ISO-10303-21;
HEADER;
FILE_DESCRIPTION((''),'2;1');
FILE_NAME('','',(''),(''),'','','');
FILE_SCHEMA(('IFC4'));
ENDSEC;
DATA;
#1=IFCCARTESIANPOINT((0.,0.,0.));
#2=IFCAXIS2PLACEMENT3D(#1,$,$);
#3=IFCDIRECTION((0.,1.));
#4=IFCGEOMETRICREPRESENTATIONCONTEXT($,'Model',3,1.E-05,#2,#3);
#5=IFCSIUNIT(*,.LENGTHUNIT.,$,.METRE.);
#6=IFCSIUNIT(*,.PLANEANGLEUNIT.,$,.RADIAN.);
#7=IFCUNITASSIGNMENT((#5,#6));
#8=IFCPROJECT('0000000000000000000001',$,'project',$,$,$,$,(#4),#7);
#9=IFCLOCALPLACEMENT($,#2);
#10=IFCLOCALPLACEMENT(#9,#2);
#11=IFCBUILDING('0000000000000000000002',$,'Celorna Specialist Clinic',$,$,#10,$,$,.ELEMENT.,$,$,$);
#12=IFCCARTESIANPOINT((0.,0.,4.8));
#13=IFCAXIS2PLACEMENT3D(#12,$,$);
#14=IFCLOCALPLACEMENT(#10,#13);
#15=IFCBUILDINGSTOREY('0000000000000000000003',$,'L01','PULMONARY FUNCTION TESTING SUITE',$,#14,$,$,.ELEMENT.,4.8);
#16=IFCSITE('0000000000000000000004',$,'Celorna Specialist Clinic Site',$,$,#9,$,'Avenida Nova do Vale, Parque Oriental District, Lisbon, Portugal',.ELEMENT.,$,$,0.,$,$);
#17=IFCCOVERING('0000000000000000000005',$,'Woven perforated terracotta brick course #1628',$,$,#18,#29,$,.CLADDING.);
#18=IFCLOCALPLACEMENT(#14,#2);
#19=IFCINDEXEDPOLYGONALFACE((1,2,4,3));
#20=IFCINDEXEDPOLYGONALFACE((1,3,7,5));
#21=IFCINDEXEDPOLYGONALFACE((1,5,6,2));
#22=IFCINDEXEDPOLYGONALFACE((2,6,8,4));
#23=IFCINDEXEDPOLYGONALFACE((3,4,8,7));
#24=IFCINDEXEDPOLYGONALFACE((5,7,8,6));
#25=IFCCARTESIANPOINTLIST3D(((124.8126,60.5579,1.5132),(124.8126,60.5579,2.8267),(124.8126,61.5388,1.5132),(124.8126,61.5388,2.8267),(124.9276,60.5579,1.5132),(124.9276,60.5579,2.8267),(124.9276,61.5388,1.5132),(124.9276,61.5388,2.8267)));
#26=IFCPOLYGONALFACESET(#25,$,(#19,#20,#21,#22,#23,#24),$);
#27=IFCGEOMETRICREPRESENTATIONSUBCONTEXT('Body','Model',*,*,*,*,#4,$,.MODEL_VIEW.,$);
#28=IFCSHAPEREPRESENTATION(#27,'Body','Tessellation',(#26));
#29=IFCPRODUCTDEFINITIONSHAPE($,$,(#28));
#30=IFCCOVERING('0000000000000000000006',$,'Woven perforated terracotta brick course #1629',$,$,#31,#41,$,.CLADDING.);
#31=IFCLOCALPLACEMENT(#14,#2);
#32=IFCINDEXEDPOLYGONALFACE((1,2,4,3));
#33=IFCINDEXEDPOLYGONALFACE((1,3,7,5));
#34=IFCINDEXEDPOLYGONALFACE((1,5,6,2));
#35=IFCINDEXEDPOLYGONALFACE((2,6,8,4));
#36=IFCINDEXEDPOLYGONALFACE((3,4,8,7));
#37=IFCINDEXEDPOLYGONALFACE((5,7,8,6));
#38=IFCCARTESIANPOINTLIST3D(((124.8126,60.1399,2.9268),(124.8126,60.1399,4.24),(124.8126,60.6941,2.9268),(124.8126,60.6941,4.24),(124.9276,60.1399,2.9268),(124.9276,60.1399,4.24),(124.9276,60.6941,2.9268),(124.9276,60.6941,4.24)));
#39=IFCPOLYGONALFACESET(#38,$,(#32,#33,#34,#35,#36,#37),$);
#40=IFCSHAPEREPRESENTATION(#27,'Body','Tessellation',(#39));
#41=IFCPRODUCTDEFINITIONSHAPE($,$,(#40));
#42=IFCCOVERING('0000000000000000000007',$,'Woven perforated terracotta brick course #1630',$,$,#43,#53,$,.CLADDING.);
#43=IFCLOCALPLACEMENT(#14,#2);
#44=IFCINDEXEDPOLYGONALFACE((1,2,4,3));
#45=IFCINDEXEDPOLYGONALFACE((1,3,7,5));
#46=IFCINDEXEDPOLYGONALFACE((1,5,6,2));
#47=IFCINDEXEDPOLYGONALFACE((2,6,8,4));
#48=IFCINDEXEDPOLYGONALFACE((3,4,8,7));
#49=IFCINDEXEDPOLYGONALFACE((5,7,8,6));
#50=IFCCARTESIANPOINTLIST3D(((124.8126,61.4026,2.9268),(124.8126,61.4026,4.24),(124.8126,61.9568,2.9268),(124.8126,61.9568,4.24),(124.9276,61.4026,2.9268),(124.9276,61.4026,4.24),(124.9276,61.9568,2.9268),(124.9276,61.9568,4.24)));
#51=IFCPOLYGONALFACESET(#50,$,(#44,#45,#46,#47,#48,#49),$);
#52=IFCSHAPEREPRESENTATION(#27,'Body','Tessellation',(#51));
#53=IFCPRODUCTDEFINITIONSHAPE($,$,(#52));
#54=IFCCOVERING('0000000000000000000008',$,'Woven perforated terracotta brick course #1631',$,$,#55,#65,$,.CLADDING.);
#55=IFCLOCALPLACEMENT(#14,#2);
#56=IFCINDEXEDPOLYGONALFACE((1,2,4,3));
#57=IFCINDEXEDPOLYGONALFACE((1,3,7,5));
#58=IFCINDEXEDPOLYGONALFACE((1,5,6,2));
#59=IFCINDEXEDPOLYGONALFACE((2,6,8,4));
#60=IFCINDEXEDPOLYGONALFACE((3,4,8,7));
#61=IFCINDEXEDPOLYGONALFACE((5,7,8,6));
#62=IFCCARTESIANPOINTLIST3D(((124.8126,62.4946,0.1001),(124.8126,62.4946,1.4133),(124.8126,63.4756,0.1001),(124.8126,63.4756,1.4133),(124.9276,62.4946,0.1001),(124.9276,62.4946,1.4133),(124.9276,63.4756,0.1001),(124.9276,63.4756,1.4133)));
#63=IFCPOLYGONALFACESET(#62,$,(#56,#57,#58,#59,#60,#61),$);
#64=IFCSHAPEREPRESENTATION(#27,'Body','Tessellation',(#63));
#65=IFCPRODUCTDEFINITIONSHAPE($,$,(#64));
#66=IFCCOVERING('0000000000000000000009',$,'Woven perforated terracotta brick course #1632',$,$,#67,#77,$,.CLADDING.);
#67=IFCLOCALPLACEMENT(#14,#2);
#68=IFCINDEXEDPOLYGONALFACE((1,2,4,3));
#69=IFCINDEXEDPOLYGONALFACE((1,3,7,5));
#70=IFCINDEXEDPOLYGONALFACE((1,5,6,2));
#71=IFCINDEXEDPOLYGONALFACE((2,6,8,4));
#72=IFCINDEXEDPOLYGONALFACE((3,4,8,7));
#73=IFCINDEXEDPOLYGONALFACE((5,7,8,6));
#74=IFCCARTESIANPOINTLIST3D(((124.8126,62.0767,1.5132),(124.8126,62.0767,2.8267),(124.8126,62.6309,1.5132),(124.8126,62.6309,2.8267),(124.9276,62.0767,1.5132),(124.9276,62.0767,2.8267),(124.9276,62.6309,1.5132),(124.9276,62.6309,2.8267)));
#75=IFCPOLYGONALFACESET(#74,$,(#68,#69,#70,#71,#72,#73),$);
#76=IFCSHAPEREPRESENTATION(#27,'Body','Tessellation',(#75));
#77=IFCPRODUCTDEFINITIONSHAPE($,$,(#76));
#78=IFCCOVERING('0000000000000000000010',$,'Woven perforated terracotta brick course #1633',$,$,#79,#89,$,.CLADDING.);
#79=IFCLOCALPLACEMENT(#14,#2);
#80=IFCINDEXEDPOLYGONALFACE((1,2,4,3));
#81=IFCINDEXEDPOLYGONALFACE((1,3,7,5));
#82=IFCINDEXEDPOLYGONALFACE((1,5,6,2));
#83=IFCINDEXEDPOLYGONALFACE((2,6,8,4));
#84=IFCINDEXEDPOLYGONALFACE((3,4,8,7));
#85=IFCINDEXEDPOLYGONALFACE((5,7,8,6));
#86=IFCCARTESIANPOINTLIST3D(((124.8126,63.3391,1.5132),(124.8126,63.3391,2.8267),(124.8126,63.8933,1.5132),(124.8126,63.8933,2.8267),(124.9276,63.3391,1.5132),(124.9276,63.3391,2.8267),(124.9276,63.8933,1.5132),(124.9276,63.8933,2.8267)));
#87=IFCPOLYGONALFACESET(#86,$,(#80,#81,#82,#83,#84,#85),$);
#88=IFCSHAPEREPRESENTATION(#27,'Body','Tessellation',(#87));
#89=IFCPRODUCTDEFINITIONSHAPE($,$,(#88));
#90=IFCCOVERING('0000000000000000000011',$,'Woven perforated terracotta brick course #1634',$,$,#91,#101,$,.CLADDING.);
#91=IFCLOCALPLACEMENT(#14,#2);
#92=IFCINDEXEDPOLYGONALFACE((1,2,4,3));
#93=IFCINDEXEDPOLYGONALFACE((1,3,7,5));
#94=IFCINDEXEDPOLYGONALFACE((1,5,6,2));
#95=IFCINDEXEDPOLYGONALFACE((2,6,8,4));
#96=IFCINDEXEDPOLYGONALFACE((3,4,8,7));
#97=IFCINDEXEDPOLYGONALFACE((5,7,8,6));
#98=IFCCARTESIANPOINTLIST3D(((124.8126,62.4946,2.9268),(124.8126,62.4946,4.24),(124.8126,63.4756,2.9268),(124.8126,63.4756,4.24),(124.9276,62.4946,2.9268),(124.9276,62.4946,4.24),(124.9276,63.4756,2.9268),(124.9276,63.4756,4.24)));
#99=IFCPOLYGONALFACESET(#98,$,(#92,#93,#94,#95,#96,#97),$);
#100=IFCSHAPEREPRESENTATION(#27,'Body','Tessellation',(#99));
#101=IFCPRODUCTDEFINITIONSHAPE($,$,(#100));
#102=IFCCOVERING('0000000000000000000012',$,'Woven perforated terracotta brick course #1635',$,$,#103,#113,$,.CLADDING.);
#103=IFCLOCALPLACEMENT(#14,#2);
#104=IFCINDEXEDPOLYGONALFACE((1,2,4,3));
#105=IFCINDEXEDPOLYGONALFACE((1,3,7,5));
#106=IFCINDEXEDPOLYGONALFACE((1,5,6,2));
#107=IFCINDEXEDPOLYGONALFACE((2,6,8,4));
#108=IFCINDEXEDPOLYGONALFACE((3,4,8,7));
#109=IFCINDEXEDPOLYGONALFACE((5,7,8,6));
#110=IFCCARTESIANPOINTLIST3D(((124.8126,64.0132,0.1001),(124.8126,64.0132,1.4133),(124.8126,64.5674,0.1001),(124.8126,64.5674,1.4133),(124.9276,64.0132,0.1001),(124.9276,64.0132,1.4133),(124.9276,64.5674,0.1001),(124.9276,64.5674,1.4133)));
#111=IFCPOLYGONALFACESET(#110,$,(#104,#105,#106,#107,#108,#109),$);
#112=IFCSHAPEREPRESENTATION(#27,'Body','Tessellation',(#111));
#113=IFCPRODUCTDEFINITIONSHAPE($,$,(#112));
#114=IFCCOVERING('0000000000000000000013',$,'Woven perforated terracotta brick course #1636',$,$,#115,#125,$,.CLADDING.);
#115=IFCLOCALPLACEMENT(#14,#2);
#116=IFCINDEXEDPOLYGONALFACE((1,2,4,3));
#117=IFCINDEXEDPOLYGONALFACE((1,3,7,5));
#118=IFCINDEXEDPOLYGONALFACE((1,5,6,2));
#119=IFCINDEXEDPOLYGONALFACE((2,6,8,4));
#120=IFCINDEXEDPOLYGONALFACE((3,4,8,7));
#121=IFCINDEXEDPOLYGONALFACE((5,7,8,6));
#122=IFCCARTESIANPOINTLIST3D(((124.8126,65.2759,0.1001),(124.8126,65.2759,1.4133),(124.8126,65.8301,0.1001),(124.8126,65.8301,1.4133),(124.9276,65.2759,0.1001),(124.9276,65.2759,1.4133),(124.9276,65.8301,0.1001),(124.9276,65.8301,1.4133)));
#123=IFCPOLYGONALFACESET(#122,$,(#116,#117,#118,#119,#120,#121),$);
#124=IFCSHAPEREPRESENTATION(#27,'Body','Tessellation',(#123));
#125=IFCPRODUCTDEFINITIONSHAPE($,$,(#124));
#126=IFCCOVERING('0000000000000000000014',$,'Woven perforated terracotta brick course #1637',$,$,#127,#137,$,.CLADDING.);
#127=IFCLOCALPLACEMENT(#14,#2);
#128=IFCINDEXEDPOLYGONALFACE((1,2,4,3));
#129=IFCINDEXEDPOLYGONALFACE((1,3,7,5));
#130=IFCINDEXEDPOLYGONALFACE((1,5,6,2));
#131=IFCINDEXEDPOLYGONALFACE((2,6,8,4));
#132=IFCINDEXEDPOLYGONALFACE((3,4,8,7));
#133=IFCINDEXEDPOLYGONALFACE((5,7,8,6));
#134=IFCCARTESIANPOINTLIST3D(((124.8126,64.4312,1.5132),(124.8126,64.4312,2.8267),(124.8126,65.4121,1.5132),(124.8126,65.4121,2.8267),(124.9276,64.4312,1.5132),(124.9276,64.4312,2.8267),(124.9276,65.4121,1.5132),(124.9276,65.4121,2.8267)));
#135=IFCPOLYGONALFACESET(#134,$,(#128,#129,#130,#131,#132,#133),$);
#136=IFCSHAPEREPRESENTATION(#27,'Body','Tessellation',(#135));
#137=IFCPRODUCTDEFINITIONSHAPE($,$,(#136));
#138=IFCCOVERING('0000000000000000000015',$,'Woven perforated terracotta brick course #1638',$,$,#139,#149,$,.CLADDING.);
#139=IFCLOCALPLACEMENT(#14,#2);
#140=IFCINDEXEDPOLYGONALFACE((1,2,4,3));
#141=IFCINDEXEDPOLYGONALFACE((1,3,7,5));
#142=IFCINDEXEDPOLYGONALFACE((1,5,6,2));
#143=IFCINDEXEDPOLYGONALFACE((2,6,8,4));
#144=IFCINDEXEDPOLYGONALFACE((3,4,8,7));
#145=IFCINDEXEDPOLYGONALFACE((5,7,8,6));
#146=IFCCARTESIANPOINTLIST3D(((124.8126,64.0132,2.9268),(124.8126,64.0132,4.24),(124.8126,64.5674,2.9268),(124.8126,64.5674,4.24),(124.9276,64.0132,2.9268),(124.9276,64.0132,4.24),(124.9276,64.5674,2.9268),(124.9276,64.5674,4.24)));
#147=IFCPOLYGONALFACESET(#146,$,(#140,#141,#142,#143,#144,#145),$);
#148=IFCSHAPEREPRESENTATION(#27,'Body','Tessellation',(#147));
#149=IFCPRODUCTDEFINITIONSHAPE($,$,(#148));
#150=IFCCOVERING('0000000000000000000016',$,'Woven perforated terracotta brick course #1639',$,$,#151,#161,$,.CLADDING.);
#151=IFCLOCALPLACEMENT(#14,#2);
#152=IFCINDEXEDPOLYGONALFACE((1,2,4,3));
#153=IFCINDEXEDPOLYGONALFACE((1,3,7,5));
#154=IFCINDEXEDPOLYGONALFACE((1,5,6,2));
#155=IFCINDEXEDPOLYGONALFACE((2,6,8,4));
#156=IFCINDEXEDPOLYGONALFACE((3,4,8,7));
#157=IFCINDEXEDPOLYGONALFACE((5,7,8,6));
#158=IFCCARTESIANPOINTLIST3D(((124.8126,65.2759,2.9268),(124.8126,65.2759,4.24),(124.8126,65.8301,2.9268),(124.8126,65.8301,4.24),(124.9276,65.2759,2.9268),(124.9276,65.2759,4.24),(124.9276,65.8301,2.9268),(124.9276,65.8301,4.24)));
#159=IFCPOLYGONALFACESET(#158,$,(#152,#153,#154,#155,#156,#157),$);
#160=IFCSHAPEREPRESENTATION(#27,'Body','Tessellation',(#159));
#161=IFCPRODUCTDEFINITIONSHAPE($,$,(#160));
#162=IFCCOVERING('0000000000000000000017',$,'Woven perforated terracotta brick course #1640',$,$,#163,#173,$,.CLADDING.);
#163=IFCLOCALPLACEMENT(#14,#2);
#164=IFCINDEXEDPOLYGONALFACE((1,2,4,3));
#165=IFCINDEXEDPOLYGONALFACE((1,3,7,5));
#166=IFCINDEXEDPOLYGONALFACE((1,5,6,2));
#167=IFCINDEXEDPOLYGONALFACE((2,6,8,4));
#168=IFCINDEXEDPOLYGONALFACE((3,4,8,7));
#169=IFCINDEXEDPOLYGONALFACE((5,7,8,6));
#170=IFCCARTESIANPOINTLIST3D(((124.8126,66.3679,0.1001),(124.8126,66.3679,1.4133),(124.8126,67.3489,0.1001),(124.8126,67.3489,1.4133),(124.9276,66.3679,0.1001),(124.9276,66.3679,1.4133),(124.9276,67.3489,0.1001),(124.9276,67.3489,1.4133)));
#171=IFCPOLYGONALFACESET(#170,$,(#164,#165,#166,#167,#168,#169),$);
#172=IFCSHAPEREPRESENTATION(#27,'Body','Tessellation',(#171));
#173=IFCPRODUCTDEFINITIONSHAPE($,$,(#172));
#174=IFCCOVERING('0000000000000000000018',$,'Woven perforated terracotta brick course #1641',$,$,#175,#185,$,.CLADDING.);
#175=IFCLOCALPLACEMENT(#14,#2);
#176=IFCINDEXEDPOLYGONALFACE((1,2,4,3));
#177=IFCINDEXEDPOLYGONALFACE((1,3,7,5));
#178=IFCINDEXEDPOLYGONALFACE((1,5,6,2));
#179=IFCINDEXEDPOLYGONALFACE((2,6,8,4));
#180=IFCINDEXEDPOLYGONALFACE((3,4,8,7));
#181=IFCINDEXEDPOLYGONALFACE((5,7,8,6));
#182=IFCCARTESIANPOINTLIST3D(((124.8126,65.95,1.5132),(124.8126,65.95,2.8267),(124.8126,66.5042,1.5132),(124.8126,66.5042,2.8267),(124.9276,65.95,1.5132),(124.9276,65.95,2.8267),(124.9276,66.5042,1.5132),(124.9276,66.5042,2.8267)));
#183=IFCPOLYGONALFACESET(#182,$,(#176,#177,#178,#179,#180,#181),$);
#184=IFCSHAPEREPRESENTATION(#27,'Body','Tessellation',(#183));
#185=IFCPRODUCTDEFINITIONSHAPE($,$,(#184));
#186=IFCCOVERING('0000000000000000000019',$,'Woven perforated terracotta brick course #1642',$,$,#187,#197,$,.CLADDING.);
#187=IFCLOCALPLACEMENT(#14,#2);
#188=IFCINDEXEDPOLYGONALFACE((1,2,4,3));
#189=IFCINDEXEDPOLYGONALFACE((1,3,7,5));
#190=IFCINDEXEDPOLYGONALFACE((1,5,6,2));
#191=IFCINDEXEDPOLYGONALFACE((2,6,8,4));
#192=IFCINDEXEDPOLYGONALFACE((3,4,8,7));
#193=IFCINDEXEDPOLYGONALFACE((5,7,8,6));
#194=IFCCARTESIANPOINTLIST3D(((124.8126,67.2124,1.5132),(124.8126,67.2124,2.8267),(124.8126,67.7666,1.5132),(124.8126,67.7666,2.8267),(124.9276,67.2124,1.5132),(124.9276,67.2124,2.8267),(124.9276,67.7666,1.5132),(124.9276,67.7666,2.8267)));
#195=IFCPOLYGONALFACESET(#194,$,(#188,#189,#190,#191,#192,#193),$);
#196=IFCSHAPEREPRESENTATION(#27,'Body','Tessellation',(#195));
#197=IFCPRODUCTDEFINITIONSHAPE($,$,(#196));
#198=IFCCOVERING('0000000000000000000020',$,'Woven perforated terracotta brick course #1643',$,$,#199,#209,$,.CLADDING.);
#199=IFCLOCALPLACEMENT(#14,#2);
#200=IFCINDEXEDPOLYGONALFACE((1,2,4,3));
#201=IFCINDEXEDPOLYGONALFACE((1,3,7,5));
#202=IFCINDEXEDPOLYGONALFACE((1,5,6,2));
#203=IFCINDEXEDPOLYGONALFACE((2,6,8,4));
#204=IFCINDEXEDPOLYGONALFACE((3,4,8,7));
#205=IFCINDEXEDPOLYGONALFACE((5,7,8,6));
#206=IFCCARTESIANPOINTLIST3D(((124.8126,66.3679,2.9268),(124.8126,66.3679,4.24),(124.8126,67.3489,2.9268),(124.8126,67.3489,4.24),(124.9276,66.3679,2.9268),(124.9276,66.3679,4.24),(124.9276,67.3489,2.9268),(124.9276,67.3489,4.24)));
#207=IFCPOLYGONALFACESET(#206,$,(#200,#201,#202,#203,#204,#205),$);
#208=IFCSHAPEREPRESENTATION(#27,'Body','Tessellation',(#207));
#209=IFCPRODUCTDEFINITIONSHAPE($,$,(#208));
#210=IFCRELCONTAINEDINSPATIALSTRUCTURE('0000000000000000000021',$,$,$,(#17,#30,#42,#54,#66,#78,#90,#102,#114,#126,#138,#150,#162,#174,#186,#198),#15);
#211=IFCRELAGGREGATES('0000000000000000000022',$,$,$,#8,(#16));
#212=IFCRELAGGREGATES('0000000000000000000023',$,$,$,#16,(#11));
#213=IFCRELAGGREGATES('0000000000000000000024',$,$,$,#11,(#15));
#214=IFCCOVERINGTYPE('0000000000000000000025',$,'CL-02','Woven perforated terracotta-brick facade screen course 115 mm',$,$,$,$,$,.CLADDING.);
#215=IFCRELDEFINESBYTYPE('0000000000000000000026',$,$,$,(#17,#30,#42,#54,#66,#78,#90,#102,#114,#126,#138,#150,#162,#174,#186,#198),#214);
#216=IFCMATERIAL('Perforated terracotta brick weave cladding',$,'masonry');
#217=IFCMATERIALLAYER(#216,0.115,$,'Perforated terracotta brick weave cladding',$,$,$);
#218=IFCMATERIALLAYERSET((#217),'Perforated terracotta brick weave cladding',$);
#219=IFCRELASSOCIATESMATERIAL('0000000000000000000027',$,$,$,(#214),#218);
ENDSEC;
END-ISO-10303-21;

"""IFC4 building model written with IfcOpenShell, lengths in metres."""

from ifc_helpers import new_model, si_unit, direction, frame, origin, origin_2d, place, context, subcontext, project, spatial, rectangle, extrude, material, layer, layer_set, type_object, element, save


model = new_model("IFC4")

# Units and contexts
model_context = context("Model", 3, precision=1e-05, world=origin(), true_north=direction((0.0, 1.0)))
body_context = subcontext(model_context, "Body", "Model", "MODEL_VIEW")
ifc_project = project(units=[si_unit("LENGTHUNIT", "METRE"), si_unit("PLANEANGLEUNIT", "RADIAN")], contexts=[model_context])

# Site, building, storey
site_placement = place(None, origin())
site = spatial("IfcSite", under=ifc_project, at=site_placement, Name="Celorna Specialist Clinic Site", LongName="Avenida Nova do Vale, Parque Oriental District, Lisbon, Portugal", CompositionType="ELEMENT", RefElevation=0.0)
building_placement = place(site_placement, origin())
building = spatial("IfcBuilding", under=site, at=building_placement, Name="Celorna Specialist Clinic", CompositionType="ELEMENT")
storey_placement = place(building_placement, frame((0.0, 0.0, 4.8)))
storey = spatial("IfcBuildingStorey", under=building, at=storey_placement, Name="L01", Description="PULMONARY FUNCTION TESTING SUITE", CompositionType="ELEMENT", Elevation=4.8)

# Coverings
ifc_material_1 = material(Name="Perforated terracotta brick weave cladding", Category="masonry")
ifc_layer_1 = layer(ifc_material_1, 0.115, Name="Perforated terracotta brick weave cladding")
ifc_layer_set_1 = layer_set([ifc_layer_1], Name="Perforated terracotta brick weave cladding")
covering_type = type_object("IfcCoveringType", Name="CL-02", Description="Woven perforated terracotta-brick facade screen course 115 mm", PredefinedType="CLADDING", material=ifc_layer_set_1)
covering_1_placement = place(storey_placement, frame((124.8701, 61.0483, 1.5132), z_axis=(0.0, 0.0, 1.0), x_axis=(0.0, 1.0, 0.0)))
element("IfcCovering", 1, at=covering_1_placement, inside=storey, type_object=covering_type, Name="Woven perforated terracotta brick course #1628", PredefinedType="CLADDING", context=body_context, shape_type="SweptSolid", body=[
    extrude(rectangle(XDim=0.981, YDim=0.115, at=origin_2d()), origin(), (0.0, 0.0, 1.0), 1.3135),
])
for number, where, z_axis, x_axis, name in (
    (2, (124.8701, 60.417, 2.9268), (0.0, 0.0, 1.0), (0.0, 1.0, 0.0), "Woven perforated terracotta brick course #1629"),
    (3, (124.8701, 61.6797, 2.9268), (0.0, 0.0, 1.0), (0.0, 1.0, 0.0), "Woven perforated terracotta brick course #1630"),
):
    element("IfcCovering", number, at=place(storey_placement, frame(where, z_axis=z_axis, x_axis=x_axis)), inside=storey, type_object=covering_type, Name=name, PredefinedType="CLADDING", context=body_context, shape_type="SweptSolid", body=[
        extrude(rectangle(XDim=0.5542, YDim=0.115, at=origin_2d()), origin(), (0.0, 0.0, 1.0), 1.3132),
    ])
covering_2_placement = place(storey_placement, frame((124.8701, 62.9851, 0.1001), z_axis=(0.0, 0.0, 1.0), x_axis=(0.0, 1.0, 0.0)))
element("IfcCovering", 4, at=covering_2_placement, inside=storey, type_object=covering_type, Name="Woven perforated terracotta brick course #1631", PredefinedType="CLADDING", context=body_context, shape_type="SweptSolid", body=[
    extrude(rectangle(XDim=0.981, YDim=0.115, at=origin_2d()), origin(), (0.0, 0.0, 1.0), 1.3132),
])
for number, where, z_axis, x_axis, name in (
    (5, (124.8701, 62.3538, 1.5132), (0.0, 0.0, 1.0), (0.0, 1.0, 0.0), "Woven perforated terracotta brick course #1632"),
    (6, (124.8701, 63.6162, 1.5132), (0.0, 0.0, 1.0), (0.0, 1.0, 0.0), "Woven perforated terracotta brick course #1633"),
):
    element("IfcCovering", number, at=place(storey_placement, frame(where, z_axis=z_axis, x_axis=x_axis)), inside=storey, type_object=covering_type, Name=name, PredefinedType="CLADDING", context=body_context, shape_type="SweptSolid", body=[
        extrude(rectangle(XDim=0.5542, YDim=0.115, at=origin_2d()), origin(), (0.0, 0.0, 1.0), 1.3135),
    ])
covering_3_placement = place(storey_placement, frame((124.8701, 62.9851, 2.9268), z_axis=(0.0, 0.0, 1.0), x_axis=(0.0, 1.0, 0.0)))
element("IfcCovering", 7, at=covering_3_placement, inside=storey, type_object=covering_type, Name="Woven perforated terracotta brick course #1634", PredefinedType="CLADDING", context=body_context, shape_type="SweptSolid", body=[
    extrude(rectangle(XDim=0.981, YDim=0.115, at=origin_2d()), origin(), (0.0, 0.0, 1.0), 1.3132),
])
for number, where, z_axis, x_axis, name in (
    (8, (124.8701, 64.2903, 0.1001), (0.0, 0.0, 1.0), (0.0, 1.0, 0.0), "Woven perforated terracotta brick course #1635"),
    (9, (124.8701, 65.553, 0.1001), (0.0, 0.0, 1.0), (0.0, 1.0, 0.0), "Woven perforated terracotta brick course #1636"),
):
    element("IfcCovering", number, at=place(storey_placement, frame(where, z_axis=z_axis, x_axis=x_axis)), inside=storey, type_object=covering_type, Name=name, PredefinedType="CLADDING", context=body_context, shape_type="SweptSolid", body=[
        extrude(rectangle(XDim=0.5542, YDim=0.115, at=origin_2d()), origin(), (0.0, 0.0, 1.0), 1.3132),
    ])
covering_4_placement = place(storey_placement, frame((124.8701, 64.9216, 1.5132), z_axis=(0.0, 0.0, 1.0), x_axis=(0.0, 1.0, 0.0)))
element("IfcCovering", 10, at=covering_4_placement, inside=storey, type_object=covering_type, Name="Woven perforated terracotta brick course #1637", PredefinedType="CLADDING", context=body_context, shape_type="SweptSolid", body=[
    extrude(rectangle(XDim=0.981, YDim=0.115, at=origin_2d()), origin(), (0.0, 0.0, 1.0), 1.3135),
])
for number, where, z_axis, x_axis, name in (
    (11, (124.8701, 64.2903, 2.9268), (0.0, 0.0, 1.0), (0.0, 1.0, 0.0), "Woven perforated terracotta brick course #1638"),
    (12, (124.8701, 65.553, 2.9268), (0.0, 0.0, 1.0), (0.0, 1.0, 0.0), "Woven perforated terracotta brick course #1639"),
):
    element("IfcCovering", number, at=place(storey_placement, frame(where, z_axis=z_axis, x_axis=x_axis)), inside=storey, type_object=covering_type, Name=name, PredefinedType="CLADDING", context=body_context, shape_type="SweptSolid", body=[
        extrude(rectangle(XDim=0.5542, YDim=0.115, at=origin_2d()), origin(), (0.0, 0.0, 1.0), 1.3132),
    ])
covering_5_placement = place(storey_placement, frame((124.8701, 66.8584, 0.1001), z_axis=(0.0, 0.0, 1.0), x_axis=(0.0, 1.0, 0.0)))
element("IfcCovering", 13, at=covering_5_placement, inside=storey, type_object=covering_type, Name="Woven perforated terracotta brick course #1640", PredefinedType="CLADDING", context=body_context, shape_type="SweptSolid", body=[
    extrude(rectangle(XDim=0.981, YDim=0.115, at=origin_2d()), origin(), (0.0, 0.0, 1.0), 1.3132),
])
for number, where, z_axis, x_axis, name in (
    (14, (124.8701, 66.2271, 1.5132), (0.0, 0.0, 1.0), (0.0, 1.0, 0.0), "Woven perforated terracotta brick course #1641"),
    (15, (124.8701, 67.4895, 1.5132), (0.0, 0.0, 1.0), (0.0, 1.0, 0.0), "Woven perforated terracotta brick course #1642"),
):
    element("IfcCovering", number, at=place(storey_placement, frame(where, z_axis=z_axis, x_axis=x_axis)), inside=storey, type_object=covering_type, Name=name, PredefinedType="CLADDING", context=body_context, shape_type="SweptSolid", body=[
        extrude(rectangle(XDim=0.5542, YDim=0.115, at=origin_2d()), origin(), (0.0, 0.0, 1.0), 1.3135),
    ])
covering_6_placement = place(storey_placement, frame((124.8701, 66.8584, 2.9268), z_axis=(0.0, 0.0, 1.0), x_axis=(0.0, 1.0, 0.0)))
element("IfcCovering", 16, at=covering_6_placement, inside=storey, type_object=covering_type, Name="Woven perforated terracotta brick course #1643", PredefinedType="CLADDING", context=body_context, shape_type="SweptSolid", body=[
    extrude(rectangle(XDim=0.981, YDim=0.115, at=origin_2d()), origin(), (0.0, 0.0, 1.0), 1.3132),
])

save(model, "model.ifc")
